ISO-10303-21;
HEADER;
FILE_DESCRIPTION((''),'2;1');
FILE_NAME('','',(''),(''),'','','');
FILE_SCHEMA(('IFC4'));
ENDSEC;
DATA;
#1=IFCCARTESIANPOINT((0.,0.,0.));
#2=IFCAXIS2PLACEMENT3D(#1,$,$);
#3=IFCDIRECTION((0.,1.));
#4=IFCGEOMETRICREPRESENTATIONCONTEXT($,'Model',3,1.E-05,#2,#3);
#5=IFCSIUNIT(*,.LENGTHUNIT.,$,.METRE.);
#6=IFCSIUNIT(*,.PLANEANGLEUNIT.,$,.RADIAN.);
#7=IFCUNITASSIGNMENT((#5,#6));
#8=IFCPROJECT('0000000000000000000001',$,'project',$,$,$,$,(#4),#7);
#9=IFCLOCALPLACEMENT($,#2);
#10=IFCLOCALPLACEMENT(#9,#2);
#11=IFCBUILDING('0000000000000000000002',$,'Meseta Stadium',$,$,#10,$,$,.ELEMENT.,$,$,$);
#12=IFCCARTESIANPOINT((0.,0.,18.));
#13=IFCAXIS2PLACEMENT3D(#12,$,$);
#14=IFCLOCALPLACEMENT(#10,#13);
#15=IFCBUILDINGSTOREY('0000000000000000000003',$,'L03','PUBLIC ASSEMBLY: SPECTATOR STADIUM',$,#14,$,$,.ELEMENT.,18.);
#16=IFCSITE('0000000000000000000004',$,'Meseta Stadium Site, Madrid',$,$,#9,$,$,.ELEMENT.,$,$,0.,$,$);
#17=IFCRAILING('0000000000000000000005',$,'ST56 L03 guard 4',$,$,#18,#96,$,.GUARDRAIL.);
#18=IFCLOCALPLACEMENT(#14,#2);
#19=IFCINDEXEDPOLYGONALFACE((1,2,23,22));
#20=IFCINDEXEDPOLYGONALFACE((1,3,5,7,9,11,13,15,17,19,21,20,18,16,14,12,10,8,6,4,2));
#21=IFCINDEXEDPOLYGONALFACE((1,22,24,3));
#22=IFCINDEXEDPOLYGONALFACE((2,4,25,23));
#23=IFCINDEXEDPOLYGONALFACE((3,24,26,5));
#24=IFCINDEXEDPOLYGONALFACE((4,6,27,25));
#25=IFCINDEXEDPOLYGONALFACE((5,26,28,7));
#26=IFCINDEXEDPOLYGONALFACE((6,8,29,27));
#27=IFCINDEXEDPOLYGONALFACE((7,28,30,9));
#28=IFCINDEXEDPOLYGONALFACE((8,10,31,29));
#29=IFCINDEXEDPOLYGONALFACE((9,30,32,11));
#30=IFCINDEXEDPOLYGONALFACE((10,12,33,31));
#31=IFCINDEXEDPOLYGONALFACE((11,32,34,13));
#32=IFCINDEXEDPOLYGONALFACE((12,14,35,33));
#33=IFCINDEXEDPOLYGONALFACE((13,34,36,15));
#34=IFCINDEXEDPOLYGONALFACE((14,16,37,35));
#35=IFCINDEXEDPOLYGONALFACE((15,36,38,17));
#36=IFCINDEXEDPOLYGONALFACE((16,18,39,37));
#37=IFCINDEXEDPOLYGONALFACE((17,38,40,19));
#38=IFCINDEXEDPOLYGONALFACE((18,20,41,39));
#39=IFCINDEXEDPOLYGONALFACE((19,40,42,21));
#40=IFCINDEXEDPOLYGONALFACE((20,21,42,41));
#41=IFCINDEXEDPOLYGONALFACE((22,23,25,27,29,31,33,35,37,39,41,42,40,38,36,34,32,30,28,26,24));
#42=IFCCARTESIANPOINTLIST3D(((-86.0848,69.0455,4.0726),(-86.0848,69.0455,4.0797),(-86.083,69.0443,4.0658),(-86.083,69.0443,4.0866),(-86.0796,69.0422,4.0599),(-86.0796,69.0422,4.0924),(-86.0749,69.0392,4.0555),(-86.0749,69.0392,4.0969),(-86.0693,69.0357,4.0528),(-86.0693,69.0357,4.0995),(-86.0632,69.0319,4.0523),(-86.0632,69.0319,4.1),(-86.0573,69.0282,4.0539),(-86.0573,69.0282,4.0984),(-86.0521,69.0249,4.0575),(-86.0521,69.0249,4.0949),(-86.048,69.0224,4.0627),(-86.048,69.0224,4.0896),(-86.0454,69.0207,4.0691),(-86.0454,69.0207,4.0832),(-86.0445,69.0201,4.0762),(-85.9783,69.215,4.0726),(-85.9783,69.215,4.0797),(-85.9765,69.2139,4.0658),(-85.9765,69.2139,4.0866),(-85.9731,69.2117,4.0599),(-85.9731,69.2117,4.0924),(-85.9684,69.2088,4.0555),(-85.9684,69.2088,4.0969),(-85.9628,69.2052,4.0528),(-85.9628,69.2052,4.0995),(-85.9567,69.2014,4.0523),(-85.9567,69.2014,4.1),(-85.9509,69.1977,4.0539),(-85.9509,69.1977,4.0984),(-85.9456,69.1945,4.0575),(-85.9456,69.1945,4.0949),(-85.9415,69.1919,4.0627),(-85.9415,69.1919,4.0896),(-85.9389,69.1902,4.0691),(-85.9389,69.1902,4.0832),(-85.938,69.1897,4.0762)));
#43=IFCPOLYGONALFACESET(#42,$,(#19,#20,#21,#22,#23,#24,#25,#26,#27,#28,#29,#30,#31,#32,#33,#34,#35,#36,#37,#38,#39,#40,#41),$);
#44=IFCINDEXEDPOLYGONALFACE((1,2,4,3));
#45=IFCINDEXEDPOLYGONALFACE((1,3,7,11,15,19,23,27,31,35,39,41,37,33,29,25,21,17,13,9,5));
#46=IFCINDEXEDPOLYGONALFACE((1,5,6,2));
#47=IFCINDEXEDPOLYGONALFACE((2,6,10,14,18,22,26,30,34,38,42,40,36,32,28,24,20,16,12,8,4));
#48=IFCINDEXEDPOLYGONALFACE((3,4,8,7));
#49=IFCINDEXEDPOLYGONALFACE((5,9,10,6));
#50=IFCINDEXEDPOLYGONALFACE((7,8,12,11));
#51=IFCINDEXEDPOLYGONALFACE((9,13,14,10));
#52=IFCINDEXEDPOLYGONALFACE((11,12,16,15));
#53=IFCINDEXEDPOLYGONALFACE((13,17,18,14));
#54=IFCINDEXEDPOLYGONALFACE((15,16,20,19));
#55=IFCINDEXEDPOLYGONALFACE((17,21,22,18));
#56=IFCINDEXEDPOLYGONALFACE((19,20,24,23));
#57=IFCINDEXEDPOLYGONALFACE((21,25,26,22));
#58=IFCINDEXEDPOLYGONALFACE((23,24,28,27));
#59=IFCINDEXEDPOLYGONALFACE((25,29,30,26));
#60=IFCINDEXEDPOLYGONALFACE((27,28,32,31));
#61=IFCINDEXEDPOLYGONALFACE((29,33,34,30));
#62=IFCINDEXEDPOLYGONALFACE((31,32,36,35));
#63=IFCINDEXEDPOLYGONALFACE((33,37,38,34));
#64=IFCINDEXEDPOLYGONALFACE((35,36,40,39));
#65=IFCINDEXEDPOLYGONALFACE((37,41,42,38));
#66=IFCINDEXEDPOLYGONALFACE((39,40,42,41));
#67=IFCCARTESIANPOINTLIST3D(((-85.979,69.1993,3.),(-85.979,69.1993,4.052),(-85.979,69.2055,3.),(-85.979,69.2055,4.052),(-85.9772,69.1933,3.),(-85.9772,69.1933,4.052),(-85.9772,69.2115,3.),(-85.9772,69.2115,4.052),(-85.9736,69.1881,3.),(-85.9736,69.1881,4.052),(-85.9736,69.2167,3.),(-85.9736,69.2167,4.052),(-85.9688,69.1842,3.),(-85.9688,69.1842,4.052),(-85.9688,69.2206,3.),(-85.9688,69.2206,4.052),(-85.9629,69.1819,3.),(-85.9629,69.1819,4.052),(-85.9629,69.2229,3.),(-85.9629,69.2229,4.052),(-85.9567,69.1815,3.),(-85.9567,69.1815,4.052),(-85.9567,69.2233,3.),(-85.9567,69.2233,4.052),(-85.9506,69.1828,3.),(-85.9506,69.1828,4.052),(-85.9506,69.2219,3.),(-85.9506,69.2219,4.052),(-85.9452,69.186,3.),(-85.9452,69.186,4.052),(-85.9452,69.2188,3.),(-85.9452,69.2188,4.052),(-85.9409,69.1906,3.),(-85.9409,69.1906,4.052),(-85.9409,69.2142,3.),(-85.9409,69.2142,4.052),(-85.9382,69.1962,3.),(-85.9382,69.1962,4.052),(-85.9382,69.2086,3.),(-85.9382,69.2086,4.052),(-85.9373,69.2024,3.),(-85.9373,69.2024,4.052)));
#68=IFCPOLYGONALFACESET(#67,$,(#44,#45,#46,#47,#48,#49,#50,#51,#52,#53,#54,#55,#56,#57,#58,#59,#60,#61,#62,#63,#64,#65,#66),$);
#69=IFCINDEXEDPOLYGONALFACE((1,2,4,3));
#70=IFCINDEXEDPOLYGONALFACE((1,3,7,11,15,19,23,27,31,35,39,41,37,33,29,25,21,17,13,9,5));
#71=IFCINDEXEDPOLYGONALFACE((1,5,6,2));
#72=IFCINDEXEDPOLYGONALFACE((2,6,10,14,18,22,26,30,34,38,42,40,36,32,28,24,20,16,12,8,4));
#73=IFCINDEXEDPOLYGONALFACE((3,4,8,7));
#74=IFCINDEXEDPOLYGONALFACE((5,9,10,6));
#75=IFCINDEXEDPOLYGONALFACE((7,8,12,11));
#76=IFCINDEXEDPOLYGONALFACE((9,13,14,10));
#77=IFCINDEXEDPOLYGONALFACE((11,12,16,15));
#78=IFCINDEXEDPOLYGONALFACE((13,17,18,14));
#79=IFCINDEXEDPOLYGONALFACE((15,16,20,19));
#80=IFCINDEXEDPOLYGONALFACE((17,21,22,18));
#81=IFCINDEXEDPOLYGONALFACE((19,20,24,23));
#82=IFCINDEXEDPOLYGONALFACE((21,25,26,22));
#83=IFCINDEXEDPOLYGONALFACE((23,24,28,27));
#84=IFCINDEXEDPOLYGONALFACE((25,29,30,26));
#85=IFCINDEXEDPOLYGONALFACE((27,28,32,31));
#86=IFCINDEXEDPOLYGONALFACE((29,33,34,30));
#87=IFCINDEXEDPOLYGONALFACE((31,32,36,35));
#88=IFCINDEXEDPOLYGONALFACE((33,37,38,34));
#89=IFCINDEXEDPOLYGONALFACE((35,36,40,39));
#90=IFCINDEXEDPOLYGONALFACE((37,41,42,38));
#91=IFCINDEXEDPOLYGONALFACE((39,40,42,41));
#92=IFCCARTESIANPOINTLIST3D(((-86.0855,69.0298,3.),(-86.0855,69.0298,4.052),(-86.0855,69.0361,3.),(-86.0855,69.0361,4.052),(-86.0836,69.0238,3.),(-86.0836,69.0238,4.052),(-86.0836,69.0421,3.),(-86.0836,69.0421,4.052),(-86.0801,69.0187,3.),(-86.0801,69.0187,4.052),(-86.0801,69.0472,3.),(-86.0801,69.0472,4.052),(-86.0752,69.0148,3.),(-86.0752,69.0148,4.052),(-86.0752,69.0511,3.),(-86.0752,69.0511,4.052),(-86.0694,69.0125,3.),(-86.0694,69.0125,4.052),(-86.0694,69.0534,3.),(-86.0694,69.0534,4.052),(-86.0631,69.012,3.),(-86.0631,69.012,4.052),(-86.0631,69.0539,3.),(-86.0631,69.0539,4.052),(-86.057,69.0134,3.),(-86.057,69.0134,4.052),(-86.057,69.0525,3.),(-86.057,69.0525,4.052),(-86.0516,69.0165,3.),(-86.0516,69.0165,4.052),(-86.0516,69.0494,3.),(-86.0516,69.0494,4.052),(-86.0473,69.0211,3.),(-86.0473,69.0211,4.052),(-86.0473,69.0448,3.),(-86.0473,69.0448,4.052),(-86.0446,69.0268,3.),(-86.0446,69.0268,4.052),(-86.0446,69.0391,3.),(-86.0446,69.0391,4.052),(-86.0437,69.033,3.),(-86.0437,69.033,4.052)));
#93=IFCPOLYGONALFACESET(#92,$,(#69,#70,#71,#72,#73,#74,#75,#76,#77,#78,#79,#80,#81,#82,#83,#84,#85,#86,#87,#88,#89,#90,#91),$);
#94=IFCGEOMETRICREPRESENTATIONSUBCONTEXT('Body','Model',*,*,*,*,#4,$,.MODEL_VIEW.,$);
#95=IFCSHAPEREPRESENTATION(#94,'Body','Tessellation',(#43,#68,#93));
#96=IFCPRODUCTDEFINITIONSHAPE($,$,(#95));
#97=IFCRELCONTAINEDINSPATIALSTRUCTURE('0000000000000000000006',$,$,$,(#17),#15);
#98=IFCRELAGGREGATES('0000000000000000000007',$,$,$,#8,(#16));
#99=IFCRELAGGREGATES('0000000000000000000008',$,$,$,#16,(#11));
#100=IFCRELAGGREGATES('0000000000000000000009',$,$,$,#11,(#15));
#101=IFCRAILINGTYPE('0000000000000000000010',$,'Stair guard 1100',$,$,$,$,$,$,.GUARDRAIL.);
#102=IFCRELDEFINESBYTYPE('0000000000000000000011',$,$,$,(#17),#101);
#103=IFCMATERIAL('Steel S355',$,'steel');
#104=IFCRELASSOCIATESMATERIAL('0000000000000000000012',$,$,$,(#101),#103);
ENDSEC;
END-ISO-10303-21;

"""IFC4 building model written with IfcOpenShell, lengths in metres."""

from ifc_helpers import new_model, si_unit, direction, frame, origin, origin_2d, place, context, subcontext, project, spatial, circle, extrude, material, type_object, element, save


model = new_model("IFC4")

# Units and contexts
model_context = context("Model", 3, precision=1e-05, world=origin(), true_north=direction((0.0, 1.0)))
body_context = subcontext(model_context, "Body", "Model", "MODEL_VIEW")
ifc_project = project(units=[si_unit("LENGTHUNIT", "METRE"), si_unit("PLANEANGLEUNIT", "RADIAN")], contexts=[model_context])

# Site, building, storey
site_placement = place(None, origin())
site = spatial("IfcSite", under=ifc_project, at=site_placement, Name="Meseta Stadium Site, Madrid", CompositionType="ELEMENT", RefElevation=0.0)
building_placement = place(site_placement, origin())
building = spatial("IfcBuilding", under=site, at=building_placement, Name="Meseta Stadium", CompositionType="ELEMENT")
storey_placement = place(building_placement, frame((0.0, 0.0, 18.0)))
storey = spatial("IfcBuildingStorey", under=building, at=storey_placement, Name="L03", Description="PUBLIC ASSEMBLY: SPECTATOR STADIUM", CompositionType="ELEMENT", Elevation=18.0)

# Railing
ifc_material_1 = material(Name="Steel S355", Category="steel")
railing_type_1 = type_object("IfcRailingType", Name="Stair guard 1100", PredefinedType="GUARDRAIL", material=ifc_material_1)
railing_1_placement = place(storey_placement, frame((-85.9583, 69.2024, 3.0)))
element("IfcRailing", 1, at=railing_1_placement, inside=storey, type_object=railing_type_1, Name="ST56 L03 guard 4", PredefinedType="GUARDRAIL", context=body_context, shape_type="SweptSolid", body=[
    extrude(circle(Radius=0.0239, at=origin_2d()), frame((0.0, 0.0, 1.0762), z_axis=(-0.531972, -0.846762, 0.0), x_axis=(0.846762, -0.531972, 0.0)), (0.0, 0.0, 1.0), 0.2002),
    extrude(circle(Radius=0.021, at=origin_2d()), origin(), (0.0, 0.0, 1.0), 1.052),
    extrude(circle(Radius=0.021, at=origin_2d()), frame((-0.1064, -0.1694, 0.0)), (0.0, 0.0, 1.0), 1.052),
])

save(model, "model.ifc")
